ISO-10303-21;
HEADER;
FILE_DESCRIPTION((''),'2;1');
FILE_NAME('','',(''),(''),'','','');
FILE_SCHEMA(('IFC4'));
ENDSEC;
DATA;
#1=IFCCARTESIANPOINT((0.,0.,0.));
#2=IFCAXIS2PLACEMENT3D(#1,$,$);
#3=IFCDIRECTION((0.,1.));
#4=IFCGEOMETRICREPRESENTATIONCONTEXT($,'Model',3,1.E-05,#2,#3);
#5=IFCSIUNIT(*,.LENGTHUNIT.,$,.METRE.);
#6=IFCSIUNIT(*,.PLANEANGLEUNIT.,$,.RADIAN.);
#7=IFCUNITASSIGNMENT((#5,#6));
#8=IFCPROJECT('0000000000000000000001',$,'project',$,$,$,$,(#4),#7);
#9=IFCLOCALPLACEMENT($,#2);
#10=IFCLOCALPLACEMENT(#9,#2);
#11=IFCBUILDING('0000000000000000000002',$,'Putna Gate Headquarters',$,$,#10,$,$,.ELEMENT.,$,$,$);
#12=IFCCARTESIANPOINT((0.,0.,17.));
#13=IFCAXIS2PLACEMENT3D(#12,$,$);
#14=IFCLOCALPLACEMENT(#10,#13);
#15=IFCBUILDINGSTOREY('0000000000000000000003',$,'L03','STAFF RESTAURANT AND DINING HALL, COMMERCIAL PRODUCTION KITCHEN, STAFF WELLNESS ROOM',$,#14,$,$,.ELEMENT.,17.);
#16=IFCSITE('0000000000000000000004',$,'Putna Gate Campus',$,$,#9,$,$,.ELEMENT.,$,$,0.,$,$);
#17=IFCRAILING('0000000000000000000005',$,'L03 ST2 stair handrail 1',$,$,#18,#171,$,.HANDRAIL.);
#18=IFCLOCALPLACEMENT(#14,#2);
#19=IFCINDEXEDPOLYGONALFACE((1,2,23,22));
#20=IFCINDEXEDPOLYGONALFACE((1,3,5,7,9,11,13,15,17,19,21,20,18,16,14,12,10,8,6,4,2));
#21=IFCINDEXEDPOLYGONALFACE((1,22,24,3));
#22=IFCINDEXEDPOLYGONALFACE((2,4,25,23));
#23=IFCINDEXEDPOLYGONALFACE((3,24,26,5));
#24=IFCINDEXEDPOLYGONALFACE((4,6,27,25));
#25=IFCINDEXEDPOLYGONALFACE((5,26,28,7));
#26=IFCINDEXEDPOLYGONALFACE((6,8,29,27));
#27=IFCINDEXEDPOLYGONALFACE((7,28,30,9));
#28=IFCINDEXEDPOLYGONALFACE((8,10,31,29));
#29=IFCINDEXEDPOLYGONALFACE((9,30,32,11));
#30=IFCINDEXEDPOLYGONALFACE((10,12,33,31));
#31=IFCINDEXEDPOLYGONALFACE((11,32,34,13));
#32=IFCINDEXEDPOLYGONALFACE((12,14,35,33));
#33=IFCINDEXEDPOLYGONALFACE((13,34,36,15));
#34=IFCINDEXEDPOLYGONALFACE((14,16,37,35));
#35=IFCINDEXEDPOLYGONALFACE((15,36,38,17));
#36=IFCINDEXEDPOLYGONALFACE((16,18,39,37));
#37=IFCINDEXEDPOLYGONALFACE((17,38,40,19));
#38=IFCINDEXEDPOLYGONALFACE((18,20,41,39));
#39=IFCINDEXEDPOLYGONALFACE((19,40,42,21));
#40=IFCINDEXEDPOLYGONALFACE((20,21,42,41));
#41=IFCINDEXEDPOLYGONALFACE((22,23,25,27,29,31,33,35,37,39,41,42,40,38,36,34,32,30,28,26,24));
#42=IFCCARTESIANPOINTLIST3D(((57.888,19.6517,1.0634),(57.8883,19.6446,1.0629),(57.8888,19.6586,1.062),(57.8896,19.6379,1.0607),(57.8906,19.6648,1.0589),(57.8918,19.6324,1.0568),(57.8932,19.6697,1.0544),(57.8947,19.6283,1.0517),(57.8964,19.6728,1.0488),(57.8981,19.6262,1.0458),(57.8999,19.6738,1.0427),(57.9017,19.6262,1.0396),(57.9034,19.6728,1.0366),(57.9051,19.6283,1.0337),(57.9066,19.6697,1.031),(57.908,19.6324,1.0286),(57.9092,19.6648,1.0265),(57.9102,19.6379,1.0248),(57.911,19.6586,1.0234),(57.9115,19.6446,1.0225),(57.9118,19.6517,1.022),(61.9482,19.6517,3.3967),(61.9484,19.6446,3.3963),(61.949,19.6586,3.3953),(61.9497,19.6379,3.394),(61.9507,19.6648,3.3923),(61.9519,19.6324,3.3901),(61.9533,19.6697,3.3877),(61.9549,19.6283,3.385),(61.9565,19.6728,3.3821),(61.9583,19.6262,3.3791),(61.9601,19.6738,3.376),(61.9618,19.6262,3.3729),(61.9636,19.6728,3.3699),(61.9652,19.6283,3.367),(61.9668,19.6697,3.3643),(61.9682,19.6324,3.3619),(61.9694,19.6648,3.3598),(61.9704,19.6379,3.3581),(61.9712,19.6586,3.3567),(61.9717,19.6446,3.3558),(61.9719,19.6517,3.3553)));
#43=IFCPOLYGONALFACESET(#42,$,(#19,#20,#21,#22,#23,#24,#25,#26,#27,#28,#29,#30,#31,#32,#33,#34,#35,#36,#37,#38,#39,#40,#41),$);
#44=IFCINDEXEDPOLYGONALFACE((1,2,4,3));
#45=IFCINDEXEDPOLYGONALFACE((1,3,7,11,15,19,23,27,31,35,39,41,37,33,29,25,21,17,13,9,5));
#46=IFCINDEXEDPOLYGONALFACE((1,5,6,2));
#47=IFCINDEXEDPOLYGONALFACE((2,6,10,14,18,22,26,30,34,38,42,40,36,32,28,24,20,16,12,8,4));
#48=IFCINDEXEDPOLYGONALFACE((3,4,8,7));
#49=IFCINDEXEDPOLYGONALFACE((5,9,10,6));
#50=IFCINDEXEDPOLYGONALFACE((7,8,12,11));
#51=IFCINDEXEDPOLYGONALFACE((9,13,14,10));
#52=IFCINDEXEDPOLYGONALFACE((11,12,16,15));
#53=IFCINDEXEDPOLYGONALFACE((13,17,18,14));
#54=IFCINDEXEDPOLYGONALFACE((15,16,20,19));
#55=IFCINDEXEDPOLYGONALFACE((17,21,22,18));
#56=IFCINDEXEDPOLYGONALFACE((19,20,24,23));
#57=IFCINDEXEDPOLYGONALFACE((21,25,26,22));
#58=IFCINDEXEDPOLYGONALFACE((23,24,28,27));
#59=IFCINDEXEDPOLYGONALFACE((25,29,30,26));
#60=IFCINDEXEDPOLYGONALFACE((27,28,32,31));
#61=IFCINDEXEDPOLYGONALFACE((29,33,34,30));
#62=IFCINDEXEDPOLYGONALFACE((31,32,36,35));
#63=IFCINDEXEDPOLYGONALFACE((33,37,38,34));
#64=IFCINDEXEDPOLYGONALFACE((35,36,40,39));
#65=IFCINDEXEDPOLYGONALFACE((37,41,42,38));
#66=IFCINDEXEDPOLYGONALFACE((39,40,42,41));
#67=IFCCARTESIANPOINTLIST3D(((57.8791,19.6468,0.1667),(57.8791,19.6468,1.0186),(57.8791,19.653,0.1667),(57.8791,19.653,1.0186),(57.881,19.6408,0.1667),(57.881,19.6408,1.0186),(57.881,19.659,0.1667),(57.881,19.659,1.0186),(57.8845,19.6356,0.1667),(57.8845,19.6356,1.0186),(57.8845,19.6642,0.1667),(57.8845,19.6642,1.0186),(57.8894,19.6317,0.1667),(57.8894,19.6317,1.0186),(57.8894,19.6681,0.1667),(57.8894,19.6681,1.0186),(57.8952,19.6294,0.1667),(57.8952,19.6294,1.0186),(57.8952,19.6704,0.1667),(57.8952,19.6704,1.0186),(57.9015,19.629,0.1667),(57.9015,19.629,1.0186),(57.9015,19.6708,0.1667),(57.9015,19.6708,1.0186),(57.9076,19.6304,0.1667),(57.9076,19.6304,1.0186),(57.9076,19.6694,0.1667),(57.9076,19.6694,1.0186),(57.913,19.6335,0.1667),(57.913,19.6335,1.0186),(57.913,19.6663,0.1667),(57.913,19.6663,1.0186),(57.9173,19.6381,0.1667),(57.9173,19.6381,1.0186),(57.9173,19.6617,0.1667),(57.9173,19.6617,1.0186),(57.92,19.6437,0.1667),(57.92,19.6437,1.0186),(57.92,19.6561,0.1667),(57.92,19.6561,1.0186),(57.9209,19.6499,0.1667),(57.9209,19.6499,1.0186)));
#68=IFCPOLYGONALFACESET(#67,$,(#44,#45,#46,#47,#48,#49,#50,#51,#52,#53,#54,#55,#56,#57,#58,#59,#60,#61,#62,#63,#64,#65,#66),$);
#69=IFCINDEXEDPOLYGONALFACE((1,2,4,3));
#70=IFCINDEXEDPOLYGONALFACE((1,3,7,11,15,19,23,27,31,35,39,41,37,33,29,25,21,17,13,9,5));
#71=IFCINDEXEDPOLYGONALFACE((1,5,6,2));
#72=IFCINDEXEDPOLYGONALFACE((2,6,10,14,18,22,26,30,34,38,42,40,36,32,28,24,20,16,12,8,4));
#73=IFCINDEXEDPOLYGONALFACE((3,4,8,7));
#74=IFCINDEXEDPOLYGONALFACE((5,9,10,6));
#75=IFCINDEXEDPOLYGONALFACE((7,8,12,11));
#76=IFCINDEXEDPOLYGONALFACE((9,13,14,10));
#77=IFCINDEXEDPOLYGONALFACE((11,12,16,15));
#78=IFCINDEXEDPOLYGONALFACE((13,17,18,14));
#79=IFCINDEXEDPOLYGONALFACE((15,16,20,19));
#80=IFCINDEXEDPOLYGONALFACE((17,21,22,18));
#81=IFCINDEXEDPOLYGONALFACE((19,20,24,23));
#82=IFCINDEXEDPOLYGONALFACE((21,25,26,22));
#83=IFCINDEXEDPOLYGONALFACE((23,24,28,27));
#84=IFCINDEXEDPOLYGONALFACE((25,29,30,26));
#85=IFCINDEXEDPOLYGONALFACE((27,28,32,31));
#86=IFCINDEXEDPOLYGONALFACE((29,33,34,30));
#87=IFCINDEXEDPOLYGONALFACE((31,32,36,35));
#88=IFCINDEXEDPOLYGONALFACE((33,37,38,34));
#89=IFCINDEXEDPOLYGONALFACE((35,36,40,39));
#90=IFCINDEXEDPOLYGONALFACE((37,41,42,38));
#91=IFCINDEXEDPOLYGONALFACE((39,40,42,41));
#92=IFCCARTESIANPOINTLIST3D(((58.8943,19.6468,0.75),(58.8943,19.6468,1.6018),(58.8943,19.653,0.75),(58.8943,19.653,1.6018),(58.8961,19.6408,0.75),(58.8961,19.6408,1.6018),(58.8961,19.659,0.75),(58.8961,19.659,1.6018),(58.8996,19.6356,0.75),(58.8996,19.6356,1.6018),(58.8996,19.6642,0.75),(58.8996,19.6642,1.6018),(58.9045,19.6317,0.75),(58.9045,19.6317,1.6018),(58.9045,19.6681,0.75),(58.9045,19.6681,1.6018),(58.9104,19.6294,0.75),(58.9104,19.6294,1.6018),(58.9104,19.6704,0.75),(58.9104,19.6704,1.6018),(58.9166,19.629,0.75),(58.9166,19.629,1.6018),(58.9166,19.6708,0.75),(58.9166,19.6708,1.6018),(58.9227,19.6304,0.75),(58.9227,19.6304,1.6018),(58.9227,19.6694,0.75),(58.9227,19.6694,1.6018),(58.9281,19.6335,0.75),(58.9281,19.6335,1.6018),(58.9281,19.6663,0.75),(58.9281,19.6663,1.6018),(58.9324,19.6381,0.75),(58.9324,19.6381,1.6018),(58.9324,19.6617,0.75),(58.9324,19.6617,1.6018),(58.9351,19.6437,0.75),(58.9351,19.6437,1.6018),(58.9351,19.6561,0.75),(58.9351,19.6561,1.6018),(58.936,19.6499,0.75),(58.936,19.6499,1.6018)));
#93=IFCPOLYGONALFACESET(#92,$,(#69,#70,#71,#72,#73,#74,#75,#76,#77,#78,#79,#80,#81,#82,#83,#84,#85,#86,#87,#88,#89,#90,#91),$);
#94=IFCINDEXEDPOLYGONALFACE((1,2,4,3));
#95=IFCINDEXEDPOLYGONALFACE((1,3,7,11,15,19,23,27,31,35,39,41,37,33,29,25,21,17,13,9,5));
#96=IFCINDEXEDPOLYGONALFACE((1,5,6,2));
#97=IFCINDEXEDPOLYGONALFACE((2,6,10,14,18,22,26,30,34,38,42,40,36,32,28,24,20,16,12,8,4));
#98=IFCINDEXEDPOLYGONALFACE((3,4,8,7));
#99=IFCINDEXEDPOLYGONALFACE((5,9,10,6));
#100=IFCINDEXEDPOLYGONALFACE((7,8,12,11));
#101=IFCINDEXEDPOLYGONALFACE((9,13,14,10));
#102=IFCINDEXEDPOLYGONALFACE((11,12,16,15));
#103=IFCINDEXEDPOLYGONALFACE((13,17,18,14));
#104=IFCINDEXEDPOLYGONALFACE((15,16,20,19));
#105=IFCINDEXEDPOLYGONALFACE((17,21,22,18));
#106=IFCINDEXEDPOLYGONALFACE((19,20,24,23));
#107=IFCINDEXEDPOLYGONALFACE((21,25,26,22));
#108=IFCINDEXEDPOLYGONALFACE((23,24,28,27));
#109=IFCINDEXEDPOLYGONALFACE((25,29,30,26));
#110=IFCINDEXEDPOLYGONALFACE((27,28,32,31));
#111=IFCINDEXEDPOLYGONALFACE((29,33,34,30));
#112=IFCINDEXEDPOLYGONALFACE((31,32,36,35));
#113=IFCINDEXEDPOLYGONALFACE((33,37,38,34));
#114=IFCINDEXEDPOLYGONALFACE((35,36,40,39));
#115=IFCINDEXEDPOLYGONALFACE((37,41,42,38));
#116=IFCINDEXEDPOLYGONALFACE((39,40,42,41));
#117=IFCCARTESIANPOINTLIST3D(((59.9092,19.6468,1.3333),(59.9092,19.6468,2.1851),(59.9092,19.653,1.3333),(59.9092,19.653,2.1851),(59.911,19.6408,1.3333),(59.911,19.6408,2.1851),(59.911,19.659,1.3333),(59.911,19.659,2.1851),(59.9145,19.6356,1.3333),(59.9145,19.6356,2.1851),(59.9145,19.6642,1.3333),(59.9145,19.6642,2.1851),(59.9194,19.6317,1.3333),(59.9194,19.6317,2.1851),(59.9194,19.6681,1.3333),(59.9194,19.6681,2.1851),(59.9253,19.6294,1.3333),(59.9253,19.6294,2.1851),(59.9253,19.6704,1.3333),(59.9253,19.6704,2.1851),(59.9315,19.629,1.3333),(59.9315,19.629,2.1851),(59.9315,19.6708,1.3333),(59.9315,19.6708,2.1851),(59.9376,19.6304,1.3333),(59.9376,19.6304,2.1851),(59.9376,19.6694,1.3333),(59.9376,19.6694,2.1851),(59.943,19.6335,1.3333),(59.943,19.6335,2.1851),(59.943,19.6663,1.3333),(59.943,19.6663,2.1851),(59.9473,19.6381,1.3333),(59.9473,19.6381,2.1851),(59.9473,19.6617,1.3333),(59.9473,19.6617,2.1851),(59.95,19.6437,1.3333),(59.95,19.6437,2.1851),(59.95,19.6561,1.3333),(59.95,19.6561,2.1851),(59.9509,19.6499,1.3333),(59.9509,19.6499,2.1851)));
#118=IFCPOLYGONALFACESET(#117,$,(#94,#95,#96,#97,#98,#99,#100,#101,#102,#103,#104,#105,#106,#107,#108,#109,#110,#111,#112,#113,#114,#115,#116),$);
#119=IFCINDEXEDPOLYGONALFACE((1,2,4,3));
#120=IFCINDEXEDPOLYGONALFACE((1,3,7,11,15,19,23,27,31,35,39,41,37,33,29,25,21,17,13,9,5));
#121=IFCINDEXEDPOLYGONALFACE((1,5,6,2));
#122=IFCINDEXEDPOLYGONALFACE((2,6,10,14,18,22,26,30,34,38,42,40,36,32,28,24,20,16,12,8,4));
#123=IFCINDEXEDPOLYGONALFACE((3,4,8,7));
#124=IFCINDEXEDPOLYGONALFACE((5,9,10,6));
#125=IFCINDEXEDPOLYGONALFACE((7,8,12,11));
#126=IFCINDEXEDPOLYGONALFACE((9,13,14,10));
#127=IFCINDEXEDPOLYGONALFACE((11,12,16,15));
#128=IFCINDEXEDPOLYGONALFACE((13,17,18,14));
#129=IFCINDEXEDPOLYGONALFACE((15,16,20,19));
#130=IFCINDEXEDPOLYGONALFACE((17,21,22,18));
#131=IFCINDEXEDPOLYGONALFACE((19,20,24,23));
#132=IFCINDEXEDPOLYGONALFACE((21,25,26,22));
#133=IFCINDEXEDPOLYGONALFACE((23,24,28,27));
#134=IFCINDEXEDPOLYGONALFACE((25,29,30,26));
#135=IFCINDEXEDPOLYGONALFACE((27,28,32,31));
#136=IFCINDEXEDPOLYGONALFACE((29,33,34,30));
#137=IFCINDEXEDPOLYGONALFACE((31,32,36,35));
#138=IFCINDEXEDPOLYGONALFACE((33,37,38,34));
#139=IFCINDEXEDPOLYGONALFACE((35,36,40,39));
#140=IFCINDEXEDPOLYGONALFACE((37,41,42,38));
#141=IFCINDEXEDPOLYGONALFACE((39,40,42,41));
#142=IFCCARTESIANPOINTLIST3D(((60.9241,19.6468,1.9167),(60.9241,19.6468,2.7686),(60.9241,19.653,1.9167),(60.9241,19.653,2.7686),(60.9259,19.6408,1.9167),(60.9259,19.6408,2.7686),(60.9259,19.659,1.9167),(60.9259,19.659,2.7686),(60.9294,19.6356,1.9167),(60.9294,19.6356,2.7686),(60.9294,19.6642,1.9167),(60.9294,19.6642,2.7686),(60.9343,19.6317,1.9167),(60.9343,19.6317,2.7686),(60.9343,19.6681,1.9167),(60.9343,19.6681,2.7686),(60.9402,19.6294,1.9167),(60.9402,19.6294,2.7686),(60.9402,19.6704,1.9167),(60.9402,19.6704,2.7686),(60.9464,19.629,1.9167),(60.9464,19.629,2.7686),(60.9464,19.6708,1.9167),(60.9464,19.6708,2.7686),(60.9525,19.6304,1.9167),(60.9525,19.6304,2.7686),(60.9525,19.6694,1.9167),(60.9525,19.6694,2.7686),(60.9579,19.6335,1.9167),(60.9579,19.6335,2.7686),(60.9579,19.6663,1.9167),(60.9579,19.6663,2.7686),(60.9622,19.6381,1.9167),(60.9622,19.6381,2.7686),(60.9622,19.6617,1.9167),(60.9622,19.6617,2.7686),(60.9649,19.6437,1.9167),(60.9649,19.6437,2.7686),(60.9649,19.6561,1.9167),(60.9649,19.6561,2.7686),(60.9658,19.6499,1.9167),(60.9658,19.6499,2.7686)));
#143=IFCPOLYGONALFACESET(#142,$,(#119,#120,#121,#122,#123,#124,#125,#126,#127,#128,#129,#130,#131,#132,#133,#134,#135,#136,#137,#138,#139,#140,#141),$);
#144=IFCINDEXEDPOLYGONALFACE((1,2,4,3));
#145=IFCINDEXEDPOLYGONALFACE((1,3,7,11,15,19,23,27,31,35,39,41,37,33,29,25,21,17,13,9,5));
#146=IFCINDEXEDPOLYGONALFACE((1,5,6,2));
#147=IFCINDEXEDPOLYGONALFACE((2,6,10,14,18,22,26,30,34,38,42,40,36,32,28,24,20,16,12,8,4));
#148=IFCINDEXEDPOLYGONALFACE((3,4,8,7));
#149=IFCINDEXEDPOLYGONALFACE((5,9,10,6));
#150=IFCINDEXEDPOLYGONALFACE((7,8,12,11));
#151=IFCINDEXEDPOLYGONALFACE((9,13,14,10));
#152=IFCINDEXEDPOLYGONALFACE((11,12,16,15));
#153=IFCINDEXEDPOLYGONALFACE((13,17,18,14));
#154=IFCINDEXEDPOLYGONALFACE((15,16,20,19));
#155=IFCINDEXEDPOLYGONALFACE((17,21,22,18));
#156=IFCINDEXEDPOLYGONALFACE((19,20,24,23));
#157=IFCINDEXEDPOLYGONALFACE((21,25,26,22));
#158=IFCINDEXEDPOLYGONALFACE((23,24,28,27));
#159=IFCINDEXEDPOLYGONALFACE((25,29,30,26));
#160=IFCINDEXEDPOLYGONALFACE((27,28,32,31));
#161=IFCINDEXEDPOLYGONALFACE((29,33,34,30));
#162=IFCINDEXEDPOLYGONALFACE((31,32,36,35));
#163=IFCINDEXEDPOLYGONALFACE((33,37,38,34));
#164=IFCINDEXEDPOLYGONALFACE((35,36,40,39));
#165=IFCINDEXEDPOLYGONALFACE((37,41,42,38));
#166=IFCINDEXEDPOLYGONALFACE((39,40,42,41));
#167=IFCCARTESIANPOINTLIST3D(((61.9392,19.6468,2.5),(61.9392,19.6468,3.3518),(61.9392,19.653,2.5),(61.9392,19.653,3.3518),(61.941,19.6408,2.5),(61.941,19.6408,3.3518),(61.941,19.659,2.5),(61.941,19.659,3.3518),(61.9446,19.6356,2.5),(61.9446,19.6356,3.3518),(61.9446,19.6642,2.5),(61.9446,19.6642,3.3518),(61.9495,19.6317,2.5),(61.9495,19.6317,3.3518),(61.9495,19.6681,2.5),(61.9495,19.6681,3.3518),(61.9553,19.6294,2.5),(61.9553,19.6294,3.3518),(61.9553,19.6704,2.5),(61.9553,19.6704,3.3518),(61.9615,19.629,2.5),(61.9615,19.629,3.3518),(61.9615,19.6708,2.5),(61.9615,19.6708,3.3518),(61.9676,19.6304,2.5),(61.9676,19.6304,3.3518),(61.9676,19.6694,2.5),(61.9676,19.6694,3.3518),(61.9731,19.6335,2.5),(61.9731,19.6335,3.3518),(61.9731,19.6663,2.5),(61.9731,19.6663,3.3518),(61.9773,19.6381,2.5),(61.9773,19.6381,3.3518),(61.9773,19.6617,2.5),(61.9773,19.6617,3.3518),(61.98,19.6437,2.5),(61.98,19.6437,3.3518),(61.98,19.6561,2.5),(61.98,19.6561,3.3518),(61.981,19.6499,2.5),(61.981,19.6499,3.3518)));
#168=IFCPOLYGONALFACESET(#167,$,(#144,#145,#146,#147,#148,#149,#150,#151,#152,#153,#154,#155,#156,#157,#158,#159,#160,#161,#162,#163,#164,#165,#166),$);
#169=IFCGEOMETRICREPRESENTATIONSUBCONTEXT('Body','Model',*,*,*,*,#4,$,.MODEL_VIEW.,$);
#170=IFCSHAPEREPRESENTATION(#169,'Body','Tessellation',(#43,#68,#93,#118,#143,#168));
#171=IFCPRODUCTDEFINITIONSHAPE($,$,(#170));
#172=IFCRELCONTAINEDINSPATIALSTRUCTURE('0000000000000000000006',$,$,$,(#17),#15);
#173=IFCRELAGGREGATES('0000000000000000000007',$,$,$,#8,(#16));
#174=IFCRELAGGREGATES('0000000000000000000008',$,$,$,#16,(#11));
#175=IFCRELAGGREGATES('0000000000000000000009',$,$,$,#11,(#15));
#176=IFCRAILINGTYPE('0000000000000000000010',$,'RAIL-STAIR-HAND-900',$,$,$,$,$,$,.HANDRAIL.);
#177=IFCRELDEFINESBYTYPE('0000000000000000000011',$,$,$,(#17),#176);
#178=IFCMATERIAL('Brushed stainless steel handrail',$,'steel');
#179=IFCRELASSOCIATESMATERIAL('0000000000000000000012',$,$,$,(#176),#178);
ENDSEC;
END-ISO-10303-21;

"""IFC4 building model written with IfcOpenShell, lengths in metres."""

from ifc_helpers import new_model, si_unit, direction, frame, origin, origin_2d, place, context, subcontext, project, spatial, circle, extrude, material, type_object, element, save


model = new_model("IFC4")

# Units and contexts
model_context = context("Model", 3, precision=1e-05, world=origin(), true_north=direction((0.0, 1.0)))
body_context = subcontext(model_context, "Body", "Model", "MODEL_VIEW")
ifc_project = project(units=[si_unit("LENGTHUNIT", "METRE"), si_unit("PLANEANGLEUNIT", "RADIAN")], contexts=[model_context])

# Site, building, storey
site_placement = place(None, origin())
site = spatial("IfcSite", under=ifc_project, at=site_placement, Name="Putna Gate Campus", CompositionType="ELEMENT", RefElevation=0.0)
building_placement = place(site_placement, origin())
building = spatial("IfcBuilding", under=site, at=building_placement, Name="Putna Gate Headquarters", CompositionType="ELEMENT")
storey_placement = place(building_placement, frame((0.0, 0.0, 17.0)))
storey = spatial("IfcBuildingStorey", under=building, at=storey_placement, Name="L03", Description="STAFF RESTAURANT AND DINING HALL, COMMERCIAL PRODUCTION KITCHEN, STAFF WELLNESS ROOM", CompositionType="ELEMENT", Elevation=17.0)

# Railing
ifc_material_1 = material(Name="Brushed stainless steel handrail", Category="steel")
railing_type_1 = type_object("IfcRailingType", Name="RAIL-STAIR-HAND-900", PredefinedType="HANDRAIL", material=ifc_material_1)
railing_1_placement = place(storey_placement, frame((57.8999, 19.6499, 0.1667)))
element("IfcRailing", 1, at=railing_1_placement, inside=storey, type_object=railing_type_1, Name="L03 ST2 stair handrail 1", PredefinedType="HANDRAIL", context=body_context, shape_type="SweptSolid", body=[
    extrude(circle(Radius=0.0239, at=origin_2d()), frame((0.0, 0.0, 0.876), z_axis=(0.867025, 0.0, 0.498265), x_axis=(0.0, 1.0, 0.0)), (0.0, 0.0, 1.0), 4.6829),
    extrude(circle(Radius=0.021, at=origin_2d()), origin(), (0.0, 0.0, 1.0), 0.8518),
    extrude(circle(Radius=0.021, at=origin_2d()), frame((1.0151, 0.0, 0.5833)), (0.0, 0.0, 1.0), 0.8518),
    extrude(circle(Radius=0.021, at=origin_2d()), frame((2.03, 0.0, 1.1665)), (0.0, 0.0, 1.0), 0.8518),
    extrude(circle(Radius=0.021, at=origin_2d()), frame((3.0449, 0.0, 1.75)), (0.0, 0.0, 1.0), 0.8518),
    extrude(circle(Radius=0.021, at=origin_2d()), frame((4.0601, 0.0, 2.3333)), (0.0, 0.0, 1.0), 0.8518),
])

save(model, "model.ifc")
